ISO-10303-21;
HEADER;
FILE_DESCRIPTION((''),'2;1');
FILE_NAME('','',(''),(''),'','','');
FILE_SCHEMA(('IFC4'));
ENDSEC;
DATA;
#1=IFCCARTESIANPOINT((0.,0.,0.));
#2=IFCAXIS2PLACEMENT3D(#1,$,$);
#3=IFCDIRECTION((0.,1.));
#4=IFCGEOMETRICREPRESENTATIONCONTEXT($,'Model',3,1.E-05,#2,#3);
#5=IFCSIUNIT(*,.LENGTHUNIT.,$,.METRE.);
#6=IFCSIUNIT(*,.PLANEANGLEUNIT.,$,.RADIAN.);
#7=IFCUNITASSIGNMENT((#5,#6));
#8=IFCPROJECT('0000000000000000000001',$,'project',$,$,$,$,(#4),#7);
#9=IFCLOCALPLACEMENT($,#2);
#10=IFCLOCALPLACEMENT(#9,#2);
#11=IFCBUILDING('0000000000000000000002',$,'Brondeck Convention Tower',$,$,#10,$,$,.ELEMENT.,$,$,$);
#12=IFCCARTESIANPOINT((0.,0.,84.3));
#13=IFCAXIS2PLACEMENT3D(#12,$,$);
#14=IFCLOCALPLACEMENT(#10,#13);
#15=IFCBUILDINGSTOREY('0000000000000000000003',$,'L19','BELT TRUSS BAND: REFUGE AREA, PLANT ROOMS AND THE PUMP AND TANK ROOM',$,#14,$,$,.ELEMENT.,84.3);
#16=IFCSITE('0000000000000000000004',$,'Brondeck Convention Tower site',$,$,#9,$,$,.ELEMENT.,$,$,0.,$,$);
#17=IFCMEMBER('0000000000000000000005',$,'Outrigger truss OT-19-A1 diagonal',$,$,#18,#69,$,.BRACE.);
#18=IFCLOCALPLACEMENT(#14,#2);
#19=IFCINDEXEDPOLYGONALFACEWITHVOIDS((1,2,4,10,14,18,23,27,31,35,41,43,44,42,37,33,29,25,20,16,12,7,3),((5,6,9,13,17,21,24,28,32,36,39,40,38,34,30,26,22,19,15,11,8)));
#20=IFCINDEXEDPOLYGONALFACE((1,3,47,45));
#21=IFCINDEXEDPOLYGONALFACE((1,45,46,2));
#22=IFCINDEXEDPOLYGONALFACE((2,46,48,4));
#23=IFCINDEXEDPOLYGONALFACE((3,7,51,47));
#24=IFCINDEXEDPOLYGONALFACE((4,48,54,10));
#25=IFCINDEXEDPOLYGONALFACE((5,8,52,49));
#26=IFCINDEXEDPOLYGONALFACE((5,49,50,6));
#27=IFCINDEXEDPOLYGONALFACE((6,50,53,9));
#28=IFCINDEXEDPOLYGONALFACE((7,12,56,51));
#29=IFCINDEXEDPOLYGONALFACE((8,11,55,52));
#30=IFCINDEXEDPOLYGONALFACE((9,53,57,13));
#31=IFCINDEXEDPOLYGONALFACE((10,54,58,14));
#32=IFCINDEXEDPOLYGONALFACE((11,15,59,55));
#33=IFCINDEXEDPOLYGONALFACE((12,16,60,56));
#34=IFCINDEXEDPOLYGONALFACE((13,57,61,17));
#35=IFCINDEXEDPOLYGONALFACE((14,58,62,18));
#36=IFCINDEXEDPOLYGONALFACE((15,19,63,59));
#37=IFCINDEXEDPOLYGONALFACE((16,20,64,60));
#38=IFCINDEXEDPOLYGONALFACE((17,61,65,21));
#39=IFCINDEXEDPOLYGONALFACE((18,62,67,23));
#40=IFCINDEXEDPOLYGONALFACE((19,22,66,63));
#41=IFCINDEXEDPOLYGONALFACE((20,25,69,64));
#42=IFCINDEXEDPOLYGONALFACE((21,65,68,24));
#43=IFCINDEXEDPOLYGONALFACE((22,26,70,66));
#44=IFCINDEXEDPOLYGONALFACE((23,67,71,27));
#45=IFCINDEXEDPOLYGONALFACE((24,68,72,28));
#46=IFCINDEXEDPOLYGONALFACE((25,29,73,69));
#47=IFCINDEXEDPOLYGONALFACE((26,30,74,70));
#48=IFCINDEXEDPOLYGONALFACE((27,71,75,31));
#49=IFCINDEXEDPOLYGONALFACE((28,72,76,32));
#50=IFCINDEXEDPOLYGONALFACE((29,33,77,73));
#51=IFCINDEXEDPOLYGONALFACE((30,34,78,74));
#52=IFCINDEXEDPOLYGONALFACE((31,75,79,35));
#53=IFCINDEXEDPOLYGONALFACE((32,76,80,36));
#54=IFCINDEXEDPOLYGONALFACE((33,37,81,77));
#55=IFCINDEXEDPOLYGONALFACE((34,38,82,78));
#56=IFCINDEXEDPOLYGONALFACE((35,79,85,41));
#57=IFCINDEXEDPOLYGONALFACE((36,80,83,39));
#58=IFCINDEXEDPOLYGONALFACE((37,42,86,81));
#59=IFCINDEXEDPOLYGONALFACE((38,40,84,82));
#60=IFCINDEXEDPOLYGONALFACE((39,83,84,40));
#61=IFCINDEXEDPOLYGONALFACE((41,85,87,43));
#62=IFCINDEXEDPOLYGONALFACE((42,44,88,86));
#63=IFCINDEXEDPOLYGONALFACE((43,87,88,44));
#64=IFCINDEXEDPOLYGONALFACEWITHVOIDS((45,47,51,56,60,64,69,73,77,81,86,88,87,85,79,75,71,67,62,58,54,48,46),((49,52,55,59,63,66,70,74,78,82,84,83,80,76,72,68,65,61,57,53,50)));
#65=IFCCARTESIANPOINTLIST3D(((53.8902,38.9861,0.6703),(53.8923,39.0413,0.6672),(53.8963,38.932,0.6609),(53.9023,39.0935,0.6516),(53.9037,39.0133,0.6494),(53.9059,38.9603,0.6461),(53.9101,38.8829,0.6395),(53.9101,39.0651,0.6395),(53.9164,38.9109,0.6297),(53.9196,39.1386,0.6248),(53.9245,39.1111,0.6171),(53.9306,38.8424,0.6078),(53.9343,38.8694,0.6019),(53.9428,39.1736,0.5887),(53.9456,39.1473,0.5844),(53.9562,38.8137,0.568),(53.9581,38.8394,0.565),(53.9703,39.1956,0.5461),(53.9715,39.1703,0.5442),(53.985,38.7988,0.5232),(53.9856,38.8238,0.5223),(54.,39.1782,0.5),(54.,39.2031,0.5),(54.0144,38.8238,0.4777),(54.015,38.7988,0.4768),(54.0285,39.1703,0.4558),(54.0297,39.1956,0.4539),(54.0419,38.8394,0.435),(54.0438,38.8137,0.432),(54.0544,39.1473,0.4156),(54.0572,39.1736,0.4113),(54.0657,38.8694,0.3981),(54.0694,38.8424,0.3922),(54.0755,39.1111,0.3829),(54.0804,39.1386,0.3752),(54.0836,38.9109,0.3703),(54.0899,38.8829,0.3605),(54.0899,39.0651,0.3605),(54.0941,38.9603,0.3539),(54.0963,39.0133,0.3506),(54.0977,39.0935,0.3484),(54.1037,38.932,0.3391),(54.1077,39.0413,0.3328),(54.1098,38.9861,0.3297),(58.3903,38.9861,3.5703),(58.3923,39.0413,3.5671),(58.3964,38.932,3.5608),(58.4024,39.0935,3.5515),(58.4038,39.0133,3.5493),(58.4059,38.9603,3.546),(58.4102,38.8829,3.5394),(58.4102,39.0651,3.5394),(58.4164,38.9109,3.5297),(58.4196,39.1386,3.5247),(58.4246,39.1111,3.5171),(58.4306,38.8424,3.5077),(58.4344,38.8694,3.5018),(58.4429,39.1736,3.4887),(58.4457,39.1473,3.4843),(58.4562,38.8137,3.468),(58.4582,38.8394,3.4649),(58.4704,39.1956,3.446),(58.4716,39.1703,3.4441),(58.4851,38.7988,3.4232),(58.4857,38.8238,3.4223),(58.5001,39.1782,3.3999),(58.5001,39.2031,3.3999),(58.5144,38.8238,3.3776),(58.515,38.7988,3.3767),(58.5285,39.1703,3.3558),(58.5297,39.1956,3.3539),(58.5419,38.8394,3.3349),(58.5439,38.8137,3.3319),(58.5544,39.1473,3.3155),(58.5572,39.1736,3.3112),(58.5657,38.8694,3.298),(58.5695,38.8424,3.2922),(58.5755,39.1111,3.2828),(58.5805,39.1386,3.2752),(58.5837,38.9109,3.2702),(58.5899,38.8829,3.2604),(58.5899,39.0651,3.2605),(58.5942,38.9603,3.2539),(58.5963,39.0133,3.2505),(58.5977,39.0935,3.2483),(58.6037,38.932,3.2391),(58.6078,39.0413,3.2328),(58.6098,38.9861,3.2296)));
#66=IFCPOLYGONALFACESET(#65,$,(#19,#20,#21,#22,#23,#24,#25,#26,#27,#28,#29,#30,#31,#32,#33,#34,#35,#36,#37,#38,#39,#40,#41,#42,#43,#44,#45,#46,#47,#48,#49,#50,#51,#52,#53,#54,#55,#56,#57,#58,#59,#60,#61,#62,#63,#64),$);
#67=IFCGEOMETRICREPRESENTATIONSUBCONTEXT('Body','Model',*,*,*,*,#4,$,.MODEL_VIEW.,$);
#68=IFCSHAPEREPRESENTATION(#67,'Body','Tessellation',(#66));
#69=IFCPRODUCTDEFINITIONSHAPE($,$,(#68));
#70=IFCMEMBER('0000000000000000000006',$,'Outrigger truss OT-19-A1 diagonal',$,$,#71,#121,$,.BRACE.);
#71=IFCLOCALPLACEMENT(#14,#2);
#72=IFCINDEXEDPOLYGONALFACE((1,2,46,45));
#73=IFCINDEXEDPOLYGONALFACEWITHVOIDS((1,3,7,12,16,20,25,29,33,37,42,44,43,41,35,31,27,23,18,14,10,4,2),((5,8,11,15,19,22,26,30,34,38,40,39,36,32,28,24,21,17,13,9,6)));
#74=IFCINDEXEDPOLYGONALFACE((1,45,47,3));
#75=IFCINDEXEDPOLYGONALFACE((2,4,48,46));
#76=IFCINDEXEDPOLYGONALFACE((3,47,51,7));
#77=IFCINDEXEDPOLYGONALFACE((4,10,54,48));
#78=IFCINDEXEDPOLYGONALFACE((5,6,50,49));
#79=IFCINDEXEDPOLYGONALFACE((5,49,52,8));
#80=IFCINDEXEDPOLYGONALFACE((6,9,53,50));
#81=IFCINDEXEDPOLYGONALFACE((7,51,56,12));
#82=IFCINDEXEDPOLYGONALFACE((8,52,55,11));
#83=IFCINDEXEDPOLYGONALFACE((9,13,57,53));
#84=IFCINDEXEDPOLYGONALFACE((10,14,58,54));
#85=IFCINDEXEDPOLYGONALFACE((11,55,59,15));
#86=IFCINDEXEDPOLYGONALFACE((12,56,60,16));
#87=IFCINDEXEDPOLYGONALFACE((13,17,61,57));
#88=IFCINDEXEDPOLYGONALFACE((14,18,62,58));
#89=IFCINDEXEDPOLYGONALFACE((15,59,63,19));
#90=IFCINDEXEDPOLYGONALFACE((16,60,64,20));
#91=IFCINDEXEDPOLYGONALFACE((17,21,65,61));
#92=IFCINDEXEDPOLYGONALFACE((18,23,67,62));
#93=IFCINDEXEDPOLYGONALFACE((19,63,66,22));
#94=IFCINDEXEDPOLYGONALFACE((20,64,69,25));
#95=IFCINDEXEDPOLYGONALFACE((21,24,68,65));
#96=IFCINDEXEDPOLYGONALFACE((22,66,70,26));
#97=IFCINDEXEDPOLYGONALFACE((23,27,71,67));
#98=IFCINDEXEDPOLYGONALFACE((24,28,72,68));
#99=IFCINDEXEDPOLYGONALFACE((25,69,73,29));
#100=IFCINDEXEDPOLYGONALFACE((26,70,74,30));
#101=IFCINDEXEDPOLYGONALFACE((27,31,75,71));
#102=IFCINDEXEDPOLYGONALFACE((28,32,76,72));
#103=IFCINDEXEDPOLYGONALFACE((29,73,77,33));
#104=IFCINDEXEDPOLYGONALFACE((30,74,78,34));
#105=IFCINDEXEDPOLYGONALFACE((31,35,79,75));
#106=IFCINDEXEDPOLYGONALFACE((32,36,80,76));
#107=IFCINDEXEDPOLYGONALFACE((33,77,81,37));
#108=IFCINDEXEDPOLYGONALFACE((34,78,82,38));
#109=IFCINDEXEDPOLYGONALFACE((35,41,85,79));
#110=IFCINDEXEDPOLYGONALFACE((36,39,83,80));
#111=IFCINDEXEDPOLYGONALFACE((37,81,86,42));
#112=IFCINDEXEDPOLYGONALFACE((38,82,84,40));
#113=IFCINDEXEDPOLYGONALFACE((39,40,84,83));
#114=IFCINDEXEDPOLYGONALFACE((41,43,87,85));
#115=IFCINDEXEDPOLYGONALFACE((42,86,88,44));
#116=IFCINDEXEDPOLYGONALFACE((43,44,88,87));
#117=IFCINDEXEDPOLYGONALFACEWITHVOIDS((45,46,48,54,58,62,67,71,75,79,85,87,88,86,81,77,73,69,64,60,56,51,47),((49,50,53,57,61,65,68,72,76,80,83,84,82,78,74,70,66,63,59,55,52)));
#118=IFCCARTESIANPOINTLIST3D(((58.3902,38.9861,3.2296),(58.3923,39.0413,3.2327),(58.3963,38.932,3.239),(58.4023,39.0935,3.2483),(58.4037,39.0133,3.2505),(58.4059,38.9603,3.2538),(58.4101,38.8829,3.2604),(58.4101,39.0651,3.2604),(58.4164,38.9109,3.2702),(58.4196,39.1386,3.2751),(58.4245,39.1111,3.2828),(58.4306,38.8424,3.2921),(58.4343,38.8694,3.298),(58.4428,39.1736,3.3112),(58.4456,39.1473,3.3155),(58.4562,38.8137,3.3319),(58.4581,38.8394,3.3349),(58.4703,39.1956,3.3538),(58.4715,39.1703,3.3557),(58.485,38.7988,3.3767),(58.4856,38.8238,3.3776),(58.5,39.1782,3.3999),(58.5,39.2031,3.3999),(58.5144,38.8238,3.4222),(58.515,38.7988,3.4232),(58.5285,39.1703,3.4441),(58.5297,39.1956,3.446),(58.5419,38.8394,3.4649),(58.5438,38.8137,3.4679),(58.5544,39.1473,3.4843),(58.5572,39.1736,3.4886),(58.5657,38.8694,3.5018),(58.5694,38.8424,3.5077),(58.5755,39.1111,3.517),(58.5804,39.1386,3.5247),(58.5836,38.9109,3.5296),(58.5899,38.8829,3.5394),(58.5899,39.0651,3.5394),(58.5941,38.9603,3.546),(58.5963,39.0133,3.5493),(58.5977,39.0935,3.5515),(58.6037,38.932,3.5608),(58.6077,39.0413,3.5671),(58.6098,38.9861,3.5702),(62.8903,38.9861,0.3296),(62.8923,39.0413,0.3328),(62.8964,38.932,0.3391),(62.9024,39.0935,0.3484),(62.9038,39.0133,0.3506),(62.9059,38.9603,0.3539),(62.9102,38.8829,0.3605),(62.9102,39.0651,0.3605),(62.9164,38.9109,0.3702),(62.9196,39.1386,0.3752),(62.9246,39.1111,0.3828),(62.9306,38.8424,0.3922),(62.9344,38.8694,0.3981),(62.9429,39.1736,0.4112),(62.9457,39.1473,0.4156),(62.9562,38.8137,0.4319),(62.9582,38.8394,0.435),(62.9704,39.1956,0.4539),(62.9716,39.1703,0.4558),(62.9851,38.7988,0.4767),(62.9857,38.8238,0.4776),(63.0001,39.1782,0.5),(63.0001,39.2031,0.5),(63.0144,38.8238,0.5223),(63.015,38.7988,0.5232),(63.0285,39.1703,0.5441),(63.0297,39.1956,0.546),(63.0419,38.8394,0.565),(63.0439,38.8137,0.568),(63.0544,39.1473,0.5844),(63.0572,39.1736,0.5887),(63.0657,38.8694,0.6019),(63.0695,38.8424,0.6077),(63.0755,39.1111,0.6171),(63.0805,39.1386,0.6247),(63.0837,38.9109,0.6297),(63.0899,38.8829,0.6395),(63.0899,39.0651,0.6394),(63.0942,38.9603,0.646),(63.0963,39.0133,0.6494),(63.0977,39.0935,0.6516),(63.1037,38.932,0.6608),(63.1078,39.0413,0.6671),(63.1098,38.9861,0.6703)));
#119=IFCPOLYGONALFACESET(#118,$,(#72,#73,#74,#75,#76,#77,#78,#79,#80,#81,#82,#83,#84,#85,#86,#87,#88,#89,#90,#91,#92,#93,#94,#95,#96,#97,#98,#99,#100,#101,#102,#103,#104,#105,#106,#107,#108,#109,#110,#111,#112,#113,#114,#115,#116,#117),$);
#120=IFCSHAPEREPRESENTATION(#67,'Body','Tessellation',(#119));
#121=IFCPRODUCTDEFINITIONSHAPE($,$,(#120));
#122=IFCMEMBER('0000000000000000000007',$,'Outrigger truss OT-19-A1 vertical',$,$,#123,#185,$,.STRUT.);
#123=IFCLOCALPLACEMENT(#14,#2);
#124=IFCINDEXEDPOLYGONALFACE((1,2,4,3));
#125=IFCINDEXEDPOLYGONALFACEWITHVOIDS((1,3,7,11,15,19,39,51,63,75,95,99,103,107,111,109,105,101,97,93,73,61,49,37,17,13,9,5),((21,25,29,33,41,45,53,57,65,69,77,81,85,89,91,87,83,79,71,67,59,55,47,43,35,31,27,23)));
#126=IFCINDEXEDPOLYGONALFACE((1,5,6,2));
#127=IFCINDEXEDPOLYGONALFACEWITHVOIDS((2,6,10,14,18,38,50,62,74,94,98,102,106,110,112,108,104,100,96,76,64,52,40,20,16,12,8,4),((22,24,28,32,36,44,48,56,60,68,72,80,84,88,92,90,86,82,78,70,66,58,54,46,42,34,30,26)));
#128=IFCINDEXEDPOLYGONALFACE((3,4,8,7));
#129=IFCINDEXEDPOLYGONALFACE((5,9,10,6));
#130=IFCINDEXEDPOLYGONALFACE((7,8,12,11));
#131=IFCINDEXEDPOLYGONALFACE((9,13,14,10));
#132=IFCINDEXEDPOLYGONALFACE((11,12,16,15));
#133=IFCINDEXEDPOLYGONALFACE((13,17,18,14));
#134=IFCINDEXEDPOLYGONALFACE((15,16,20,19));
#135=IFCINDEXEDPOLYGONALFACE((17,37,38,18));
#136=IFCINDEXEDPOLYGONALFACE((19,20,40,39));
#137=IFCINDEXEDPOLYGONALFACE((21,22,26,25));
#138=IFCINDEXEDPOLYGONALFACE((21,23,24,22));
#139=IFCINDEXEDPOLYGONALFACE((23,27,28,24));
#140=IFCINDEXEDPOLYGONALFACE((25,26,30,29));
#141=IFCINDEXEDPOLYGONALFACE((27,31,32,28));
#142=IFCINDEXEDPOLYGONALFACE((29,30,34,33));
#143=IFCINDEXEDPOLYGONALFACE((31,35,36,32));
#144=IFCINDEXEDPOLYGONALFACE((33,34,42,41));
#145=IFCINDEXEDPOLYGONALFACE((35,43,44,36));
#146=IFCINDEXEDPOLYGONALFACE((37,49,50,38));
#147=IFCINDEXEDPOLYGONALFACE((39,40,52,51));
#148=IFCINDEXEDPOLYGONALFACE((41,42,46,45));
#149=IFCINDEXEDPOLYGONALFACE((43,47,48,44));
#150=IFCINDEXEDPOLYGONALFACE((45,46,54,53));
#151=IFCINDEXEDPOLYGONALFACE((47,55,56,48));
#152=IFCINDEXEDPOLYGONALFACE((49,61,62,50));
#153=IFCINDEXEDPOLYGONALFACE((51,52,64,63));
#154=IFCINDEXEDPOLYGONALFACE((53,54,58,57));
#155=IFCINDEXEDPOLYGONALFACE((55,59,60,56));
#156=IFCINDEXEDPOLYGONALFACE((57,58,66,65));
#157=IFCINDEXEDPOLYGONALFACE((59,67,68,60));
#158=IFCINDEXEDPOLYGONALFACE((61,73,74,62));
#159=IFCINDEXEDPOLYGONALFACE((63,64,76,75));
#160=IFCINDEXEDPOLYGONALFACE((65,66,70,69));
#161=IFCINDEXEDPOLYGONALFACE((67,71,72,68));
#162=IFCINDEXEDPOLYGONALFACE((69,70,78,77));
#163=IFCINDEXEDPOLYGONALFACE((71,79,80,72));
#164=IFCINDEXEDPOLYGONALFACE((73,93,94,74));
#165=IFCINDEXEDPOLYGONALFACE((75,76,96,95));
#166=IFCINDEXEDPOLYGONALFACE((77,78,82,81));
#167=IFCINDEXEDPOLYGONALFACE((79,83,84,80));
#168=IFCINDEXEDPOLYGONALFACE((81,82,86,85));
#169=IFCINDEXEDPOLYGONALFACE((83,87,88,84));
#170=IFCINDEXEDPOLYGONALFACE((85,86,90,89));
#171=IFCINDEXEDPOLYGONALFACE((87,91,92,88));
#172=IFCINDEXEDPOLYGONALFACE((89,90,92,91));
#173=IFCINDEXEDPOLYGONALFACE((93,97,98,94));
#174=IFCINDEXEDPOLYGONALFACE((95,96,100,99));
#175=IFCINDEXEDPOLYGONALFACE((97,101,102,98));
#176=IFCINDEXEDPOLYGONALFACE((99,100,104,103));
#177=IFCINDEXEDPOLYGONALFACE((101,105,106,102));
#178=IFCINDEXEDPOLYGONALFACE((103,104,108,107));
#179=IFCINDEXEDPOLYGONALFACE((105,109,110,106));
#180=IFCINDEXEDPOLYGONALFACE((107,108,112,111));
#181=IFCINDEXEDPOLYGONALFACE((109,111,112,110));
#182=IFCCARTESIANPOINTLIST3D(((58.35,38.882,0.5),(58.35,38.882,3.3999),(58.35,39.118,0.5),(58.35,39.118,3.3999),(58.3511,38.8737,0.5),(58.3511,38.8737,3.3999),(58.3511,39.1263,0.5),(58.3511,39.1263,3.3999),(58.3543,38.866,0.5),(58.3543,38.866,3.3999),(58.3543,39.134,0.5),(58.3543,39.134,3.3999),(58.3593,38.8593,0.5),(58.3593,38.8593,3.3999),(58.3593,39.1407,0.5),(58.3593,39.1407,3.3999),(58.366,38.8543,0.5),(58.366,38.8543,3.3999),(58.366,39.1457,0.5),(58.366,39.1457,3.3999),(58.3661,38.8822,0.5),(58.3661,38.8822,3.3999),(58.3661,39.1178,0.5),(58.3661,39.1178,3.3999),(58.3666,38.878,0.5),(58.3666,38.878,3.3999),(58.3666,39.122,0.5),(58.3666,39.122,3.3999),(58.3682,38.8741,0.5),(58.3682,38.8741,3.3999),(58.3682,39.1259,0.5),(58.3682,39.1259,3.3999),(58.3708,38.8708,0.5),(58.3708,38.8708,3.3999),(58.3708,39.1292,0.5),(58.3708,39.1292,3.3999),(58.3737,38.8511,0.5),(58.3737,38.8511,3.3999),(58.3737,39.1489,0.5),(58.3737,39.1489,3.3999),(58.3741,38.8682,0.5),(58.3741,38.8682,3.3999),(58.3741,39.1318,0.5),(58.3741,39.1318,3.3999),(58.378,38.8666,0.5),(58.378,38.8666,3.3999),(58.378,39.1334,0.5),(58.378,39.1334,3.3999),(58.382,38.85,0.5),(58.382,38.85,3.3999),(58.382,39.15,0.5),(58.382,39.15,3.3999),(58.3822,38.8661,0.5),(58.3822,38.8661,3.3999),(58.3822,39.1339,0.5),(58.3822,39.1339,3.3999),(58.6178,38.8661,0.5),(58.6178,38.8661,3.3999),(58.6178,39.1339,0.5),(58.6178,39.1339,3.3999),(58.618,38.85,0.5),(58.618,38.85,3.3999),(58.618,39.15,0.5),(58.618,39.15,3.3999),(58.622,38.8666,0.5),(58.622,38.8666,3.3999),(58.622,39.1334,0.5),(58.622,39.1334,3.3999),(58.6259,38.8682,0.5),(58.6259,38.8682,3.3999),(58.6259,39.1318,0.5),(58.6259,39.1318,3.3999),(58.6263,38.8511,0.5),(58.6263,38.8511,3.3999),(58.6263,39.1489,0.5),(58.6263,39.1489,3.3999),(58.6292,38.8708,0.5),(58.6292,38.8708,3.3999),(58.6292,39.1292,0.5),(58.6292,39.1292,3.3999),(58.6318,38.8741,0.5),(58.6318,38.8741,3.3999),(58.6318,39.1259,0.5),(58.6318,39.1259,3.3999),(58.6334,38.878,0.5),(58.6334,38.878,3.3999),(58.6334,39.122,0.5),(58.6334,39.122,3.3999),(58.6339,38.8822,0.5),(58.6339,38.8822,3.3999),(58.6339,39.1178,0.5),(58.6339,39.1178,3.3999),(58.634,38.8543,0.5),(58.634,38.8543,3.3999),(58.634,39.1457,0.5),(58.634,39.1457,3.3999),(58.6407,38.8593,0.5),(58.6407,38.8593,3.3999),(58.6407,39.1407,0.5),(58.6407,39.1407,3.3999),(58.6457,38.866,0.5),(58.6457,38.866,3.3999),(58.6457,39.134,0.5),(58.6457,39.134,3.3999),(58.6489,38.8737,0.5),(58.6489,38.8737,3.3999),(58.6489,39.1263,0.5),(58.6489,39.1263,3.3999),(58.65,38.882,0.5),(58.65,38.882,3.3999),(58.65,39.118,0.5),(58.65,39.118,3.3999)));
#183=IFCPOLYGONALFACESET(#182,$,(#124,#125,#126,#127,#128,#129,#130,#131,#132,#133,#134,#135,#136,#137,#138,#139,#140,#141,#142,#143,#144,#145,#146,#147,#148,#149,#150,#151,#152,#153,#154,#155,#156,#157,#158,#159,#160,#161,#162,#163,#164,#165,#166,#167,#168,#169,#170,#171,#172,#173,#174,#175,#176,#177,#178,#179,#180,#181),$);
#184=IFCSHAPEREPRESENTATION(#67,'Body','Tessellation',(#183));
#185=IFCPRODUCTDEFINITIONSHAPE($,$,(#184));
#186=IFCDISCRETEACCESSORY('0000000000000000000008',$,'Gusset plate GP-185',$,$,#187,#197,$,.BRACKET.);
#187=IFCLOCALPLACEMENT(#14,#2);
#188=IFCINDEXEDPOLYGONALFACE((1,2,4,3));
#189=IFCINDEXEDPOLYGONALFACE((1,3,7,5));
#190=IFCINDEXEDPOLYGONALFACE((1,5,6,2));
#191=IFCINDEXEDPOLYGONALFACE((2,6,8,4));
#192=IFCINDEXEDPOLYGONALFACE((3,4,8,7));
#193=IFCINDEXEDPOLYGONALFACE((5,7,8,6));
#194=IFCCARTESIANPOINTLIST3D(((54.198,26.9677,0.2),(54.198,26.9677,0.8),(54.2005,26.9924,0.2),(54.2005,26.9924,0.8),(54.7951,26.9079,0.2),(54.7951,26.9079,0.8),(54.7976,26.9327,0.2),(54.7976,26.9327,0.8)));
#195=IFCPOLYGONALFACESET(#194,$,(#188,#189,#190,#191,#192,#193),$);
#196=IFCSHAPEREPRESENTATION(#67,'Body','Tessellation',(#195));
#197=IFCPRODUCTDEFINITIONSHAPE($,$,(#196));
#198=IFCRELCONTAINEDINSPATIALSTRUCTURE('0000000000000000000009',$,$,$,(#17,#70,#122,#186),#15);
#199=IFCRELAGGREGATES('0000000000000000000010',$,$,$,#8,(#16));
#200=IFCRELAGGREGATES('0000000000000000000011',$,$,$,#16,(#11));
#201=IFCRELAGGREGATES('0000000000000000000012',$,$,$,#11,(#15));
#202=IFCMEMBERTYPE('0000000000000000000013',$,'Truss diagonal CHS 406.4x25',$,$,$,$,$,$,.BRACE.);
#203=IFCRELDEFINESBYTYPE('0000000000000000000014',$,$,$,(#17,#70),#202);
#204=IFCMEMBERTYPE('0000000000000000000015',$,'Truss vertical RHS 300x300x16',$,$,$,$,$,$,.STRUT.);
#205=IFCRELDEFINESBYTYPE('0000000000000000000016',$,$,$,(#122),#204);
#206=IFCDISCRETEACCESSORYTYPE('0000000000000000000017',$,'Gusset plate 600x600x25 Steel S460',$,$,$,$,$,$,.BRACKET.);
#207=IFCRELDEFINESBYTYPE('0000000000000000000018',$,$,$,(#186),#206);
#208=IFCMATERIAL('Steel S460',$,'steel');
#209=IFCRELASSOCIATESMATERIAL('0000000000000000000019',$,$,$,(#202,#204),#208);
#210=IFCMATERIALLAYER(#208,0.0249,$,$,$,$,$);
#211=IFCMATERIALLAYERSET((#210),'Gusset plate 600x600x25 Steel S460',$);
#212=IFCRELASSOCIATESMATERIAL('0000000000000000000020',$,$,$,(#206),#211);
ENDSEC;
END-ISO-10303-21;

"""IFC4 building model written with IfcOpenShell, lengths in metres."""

from ifc_helpers import new_model, si_unit, direction, frame, origin, origin_2d, place, context, subcontext, project, spatial, rectangle, hollow_rectangle, hollow_circle, extrude, material, layer, layer_set, material_profile, profile_set, type_object, element, save


model = new_model("IFC4")

# Units and contexts
model_context = context("Model", 3, precision=1e-05, world=origin(), true_north=direction((0.0, 1.0)))
body_context = subcontext(model_context, "Body", "Model", "MODEL_VIEW")
ifc_project = project(units=[si_unit("LENGTHUNIT", "METRE"), si_unit("PLANEANGLEUNIT", "RADIAN")], contexts=[model_context])

# Site, building, storey
site_placement = place(None, origin())
site = spatial("IfcSite", under=ifc_project, at=site_placement, Name="Brondeck Convention Tower site", CompositionType="ELEMENT", RefElevation=0.0)
building_placement = place(site_placement, origin())
building = spatial("IfcBuilding", under=site, at=building_placement, Name="Brondeck Convention Tower", CompositionType="ELEMENT")
storey_placement = place(building_placement, frame((0.0, 0.0, 84.3)))
storey = spatial("IfcBuildingStorey", under=building, at=storey_placement, Name="L19", Description="BELT TRUSS BAND: REFUGE AREA, PLANT ROOMS AND THE PUMP AND TANK ROOM", CompositionType="ELEMENT", Elevation=84.3)

# Shared definitions
ifc_material_1 = material(Name="Steel S460", Category="steel")

# Members
ifc_material_profile_1 = material_profile(ifc_material_1, hollow_circle(Radius=0.2031, WallThickness=0.0249, at=origin_2d()), Name="CHS 406.4x25")
ifc_profile_set_1 = profile_set([ifc_material_profile_1], Name="Steel S460")
member_type_1 = type_object("IfcMemberType", Name="Truss diagonal CHS 406.4x25", PredefinedType="BRACE", material=ifc_profile_set_1)
for number, where, z_axis, x_axis, name in (
    (1, (54.0, 39.0, 0.5), (0.840579, 0.0, 0.541688), (0.0, 1.0, 0.0), "Outrigger truss OT-19-A1 diagonal"),
    (2, (58.5, 39.0, 3.3999), (0.840579, 0.0, -0.541688), (0.0, 1.0, 0.0), "Outrigger truss OT-19-A1 diagonal"),
):
    element("IfcMember", number, at=place(storey_placement, frame(where, z_axis=z_axis, x_axis=x_axis)), inside=storey, type_object=member_type_1, Name=name, PredefinedType="BRACE", context=body_context, shape_type="SweptSolid", body=[
        extrude(hollow_circle(Radius=0.2031, WallThickness=0.0249, at=origin_2d()), origin(), (0.0, 0.0, 1.0), 5.3535),
    ])
ifc_material_profile_2 = material_profile(ifc_material_1, hollow_rectangle(XDim=0.3, YDim=0.3, WallThickness=0.0161, InnerFilletRadius=0.0161, OuterFilletRadius=0.032, at=origin_2d()), Name="RHS 300x300x16")
ifc_profile_set_2 = profile_set([ifc_material_profile_2], Name="Steel S460")
member_type_2 = type_object("IfcMemberType", Name="Truss vertical RHS 300x300x16", PredefinedType="STRUT", material=ifc_profile_set_2)
member_1_placement = place(storey_placement, frame((58.5, 39.0, 0.5), z_axis=(0.0, 0.0, 1.0), x_axis=(1.0, 0.0, 0.0)))
element("IfcMember", 3, at=member_1_placement, inside=storey, type_object=member_type_2, Name="Outrigger truss OT-19-A1 vertical", PredefinedType="STRUT", context=body_context, shape_type="SweptSolid", body=[
    extrude(hollow_rectangle(XDim=0.3, YDim=0.3, WallThickness=0.0161, InnerFilletRadius=0.0161, OuterFilletRadius=0.032, at=origin_2d()), origin(), (0.0, 0.0, 1.0), 2.8999),
])

# Discrete accessory
ifc_layer = layer(ifc_material_1, 0.0249)
ifc_layer_set = layer_set([ifc_layer], Name="Gusset plate 600x600x25 Steel S460")
discrete_accessory_type = type_object("IfcDiscreteAccessoryType", Name="Gusset plate 600x600x25 Steel S460", PredefinedType="BRACKET", material=ifc_layer_set)
for number, where, z_axis, x_axis, name in (
    (4, (54.4978, 26.9502, 0.2), (0.0, 0.0, 1.0), (-0.995036, 0.099511, 0.0), "Gusset plate GP-185"),
):
    element("IfcDiscreteAccessory", number, at=place(storey_placement, frame(where, z_axis=z_axis, x_axis=x_axis)), inside=storey, type_object=discrete_accessory_type, Name=name, PredefinedType="BRACKET", context=body_context, shape_type="SweptSolid", body=[
        extrude(rectangle(XDim=0.6001, YDim=0.0249, at=origin_2d()), origin(), (0.0, 0.0, 1.0), 0.6001),
    ])

save(model, "model.ifc")
